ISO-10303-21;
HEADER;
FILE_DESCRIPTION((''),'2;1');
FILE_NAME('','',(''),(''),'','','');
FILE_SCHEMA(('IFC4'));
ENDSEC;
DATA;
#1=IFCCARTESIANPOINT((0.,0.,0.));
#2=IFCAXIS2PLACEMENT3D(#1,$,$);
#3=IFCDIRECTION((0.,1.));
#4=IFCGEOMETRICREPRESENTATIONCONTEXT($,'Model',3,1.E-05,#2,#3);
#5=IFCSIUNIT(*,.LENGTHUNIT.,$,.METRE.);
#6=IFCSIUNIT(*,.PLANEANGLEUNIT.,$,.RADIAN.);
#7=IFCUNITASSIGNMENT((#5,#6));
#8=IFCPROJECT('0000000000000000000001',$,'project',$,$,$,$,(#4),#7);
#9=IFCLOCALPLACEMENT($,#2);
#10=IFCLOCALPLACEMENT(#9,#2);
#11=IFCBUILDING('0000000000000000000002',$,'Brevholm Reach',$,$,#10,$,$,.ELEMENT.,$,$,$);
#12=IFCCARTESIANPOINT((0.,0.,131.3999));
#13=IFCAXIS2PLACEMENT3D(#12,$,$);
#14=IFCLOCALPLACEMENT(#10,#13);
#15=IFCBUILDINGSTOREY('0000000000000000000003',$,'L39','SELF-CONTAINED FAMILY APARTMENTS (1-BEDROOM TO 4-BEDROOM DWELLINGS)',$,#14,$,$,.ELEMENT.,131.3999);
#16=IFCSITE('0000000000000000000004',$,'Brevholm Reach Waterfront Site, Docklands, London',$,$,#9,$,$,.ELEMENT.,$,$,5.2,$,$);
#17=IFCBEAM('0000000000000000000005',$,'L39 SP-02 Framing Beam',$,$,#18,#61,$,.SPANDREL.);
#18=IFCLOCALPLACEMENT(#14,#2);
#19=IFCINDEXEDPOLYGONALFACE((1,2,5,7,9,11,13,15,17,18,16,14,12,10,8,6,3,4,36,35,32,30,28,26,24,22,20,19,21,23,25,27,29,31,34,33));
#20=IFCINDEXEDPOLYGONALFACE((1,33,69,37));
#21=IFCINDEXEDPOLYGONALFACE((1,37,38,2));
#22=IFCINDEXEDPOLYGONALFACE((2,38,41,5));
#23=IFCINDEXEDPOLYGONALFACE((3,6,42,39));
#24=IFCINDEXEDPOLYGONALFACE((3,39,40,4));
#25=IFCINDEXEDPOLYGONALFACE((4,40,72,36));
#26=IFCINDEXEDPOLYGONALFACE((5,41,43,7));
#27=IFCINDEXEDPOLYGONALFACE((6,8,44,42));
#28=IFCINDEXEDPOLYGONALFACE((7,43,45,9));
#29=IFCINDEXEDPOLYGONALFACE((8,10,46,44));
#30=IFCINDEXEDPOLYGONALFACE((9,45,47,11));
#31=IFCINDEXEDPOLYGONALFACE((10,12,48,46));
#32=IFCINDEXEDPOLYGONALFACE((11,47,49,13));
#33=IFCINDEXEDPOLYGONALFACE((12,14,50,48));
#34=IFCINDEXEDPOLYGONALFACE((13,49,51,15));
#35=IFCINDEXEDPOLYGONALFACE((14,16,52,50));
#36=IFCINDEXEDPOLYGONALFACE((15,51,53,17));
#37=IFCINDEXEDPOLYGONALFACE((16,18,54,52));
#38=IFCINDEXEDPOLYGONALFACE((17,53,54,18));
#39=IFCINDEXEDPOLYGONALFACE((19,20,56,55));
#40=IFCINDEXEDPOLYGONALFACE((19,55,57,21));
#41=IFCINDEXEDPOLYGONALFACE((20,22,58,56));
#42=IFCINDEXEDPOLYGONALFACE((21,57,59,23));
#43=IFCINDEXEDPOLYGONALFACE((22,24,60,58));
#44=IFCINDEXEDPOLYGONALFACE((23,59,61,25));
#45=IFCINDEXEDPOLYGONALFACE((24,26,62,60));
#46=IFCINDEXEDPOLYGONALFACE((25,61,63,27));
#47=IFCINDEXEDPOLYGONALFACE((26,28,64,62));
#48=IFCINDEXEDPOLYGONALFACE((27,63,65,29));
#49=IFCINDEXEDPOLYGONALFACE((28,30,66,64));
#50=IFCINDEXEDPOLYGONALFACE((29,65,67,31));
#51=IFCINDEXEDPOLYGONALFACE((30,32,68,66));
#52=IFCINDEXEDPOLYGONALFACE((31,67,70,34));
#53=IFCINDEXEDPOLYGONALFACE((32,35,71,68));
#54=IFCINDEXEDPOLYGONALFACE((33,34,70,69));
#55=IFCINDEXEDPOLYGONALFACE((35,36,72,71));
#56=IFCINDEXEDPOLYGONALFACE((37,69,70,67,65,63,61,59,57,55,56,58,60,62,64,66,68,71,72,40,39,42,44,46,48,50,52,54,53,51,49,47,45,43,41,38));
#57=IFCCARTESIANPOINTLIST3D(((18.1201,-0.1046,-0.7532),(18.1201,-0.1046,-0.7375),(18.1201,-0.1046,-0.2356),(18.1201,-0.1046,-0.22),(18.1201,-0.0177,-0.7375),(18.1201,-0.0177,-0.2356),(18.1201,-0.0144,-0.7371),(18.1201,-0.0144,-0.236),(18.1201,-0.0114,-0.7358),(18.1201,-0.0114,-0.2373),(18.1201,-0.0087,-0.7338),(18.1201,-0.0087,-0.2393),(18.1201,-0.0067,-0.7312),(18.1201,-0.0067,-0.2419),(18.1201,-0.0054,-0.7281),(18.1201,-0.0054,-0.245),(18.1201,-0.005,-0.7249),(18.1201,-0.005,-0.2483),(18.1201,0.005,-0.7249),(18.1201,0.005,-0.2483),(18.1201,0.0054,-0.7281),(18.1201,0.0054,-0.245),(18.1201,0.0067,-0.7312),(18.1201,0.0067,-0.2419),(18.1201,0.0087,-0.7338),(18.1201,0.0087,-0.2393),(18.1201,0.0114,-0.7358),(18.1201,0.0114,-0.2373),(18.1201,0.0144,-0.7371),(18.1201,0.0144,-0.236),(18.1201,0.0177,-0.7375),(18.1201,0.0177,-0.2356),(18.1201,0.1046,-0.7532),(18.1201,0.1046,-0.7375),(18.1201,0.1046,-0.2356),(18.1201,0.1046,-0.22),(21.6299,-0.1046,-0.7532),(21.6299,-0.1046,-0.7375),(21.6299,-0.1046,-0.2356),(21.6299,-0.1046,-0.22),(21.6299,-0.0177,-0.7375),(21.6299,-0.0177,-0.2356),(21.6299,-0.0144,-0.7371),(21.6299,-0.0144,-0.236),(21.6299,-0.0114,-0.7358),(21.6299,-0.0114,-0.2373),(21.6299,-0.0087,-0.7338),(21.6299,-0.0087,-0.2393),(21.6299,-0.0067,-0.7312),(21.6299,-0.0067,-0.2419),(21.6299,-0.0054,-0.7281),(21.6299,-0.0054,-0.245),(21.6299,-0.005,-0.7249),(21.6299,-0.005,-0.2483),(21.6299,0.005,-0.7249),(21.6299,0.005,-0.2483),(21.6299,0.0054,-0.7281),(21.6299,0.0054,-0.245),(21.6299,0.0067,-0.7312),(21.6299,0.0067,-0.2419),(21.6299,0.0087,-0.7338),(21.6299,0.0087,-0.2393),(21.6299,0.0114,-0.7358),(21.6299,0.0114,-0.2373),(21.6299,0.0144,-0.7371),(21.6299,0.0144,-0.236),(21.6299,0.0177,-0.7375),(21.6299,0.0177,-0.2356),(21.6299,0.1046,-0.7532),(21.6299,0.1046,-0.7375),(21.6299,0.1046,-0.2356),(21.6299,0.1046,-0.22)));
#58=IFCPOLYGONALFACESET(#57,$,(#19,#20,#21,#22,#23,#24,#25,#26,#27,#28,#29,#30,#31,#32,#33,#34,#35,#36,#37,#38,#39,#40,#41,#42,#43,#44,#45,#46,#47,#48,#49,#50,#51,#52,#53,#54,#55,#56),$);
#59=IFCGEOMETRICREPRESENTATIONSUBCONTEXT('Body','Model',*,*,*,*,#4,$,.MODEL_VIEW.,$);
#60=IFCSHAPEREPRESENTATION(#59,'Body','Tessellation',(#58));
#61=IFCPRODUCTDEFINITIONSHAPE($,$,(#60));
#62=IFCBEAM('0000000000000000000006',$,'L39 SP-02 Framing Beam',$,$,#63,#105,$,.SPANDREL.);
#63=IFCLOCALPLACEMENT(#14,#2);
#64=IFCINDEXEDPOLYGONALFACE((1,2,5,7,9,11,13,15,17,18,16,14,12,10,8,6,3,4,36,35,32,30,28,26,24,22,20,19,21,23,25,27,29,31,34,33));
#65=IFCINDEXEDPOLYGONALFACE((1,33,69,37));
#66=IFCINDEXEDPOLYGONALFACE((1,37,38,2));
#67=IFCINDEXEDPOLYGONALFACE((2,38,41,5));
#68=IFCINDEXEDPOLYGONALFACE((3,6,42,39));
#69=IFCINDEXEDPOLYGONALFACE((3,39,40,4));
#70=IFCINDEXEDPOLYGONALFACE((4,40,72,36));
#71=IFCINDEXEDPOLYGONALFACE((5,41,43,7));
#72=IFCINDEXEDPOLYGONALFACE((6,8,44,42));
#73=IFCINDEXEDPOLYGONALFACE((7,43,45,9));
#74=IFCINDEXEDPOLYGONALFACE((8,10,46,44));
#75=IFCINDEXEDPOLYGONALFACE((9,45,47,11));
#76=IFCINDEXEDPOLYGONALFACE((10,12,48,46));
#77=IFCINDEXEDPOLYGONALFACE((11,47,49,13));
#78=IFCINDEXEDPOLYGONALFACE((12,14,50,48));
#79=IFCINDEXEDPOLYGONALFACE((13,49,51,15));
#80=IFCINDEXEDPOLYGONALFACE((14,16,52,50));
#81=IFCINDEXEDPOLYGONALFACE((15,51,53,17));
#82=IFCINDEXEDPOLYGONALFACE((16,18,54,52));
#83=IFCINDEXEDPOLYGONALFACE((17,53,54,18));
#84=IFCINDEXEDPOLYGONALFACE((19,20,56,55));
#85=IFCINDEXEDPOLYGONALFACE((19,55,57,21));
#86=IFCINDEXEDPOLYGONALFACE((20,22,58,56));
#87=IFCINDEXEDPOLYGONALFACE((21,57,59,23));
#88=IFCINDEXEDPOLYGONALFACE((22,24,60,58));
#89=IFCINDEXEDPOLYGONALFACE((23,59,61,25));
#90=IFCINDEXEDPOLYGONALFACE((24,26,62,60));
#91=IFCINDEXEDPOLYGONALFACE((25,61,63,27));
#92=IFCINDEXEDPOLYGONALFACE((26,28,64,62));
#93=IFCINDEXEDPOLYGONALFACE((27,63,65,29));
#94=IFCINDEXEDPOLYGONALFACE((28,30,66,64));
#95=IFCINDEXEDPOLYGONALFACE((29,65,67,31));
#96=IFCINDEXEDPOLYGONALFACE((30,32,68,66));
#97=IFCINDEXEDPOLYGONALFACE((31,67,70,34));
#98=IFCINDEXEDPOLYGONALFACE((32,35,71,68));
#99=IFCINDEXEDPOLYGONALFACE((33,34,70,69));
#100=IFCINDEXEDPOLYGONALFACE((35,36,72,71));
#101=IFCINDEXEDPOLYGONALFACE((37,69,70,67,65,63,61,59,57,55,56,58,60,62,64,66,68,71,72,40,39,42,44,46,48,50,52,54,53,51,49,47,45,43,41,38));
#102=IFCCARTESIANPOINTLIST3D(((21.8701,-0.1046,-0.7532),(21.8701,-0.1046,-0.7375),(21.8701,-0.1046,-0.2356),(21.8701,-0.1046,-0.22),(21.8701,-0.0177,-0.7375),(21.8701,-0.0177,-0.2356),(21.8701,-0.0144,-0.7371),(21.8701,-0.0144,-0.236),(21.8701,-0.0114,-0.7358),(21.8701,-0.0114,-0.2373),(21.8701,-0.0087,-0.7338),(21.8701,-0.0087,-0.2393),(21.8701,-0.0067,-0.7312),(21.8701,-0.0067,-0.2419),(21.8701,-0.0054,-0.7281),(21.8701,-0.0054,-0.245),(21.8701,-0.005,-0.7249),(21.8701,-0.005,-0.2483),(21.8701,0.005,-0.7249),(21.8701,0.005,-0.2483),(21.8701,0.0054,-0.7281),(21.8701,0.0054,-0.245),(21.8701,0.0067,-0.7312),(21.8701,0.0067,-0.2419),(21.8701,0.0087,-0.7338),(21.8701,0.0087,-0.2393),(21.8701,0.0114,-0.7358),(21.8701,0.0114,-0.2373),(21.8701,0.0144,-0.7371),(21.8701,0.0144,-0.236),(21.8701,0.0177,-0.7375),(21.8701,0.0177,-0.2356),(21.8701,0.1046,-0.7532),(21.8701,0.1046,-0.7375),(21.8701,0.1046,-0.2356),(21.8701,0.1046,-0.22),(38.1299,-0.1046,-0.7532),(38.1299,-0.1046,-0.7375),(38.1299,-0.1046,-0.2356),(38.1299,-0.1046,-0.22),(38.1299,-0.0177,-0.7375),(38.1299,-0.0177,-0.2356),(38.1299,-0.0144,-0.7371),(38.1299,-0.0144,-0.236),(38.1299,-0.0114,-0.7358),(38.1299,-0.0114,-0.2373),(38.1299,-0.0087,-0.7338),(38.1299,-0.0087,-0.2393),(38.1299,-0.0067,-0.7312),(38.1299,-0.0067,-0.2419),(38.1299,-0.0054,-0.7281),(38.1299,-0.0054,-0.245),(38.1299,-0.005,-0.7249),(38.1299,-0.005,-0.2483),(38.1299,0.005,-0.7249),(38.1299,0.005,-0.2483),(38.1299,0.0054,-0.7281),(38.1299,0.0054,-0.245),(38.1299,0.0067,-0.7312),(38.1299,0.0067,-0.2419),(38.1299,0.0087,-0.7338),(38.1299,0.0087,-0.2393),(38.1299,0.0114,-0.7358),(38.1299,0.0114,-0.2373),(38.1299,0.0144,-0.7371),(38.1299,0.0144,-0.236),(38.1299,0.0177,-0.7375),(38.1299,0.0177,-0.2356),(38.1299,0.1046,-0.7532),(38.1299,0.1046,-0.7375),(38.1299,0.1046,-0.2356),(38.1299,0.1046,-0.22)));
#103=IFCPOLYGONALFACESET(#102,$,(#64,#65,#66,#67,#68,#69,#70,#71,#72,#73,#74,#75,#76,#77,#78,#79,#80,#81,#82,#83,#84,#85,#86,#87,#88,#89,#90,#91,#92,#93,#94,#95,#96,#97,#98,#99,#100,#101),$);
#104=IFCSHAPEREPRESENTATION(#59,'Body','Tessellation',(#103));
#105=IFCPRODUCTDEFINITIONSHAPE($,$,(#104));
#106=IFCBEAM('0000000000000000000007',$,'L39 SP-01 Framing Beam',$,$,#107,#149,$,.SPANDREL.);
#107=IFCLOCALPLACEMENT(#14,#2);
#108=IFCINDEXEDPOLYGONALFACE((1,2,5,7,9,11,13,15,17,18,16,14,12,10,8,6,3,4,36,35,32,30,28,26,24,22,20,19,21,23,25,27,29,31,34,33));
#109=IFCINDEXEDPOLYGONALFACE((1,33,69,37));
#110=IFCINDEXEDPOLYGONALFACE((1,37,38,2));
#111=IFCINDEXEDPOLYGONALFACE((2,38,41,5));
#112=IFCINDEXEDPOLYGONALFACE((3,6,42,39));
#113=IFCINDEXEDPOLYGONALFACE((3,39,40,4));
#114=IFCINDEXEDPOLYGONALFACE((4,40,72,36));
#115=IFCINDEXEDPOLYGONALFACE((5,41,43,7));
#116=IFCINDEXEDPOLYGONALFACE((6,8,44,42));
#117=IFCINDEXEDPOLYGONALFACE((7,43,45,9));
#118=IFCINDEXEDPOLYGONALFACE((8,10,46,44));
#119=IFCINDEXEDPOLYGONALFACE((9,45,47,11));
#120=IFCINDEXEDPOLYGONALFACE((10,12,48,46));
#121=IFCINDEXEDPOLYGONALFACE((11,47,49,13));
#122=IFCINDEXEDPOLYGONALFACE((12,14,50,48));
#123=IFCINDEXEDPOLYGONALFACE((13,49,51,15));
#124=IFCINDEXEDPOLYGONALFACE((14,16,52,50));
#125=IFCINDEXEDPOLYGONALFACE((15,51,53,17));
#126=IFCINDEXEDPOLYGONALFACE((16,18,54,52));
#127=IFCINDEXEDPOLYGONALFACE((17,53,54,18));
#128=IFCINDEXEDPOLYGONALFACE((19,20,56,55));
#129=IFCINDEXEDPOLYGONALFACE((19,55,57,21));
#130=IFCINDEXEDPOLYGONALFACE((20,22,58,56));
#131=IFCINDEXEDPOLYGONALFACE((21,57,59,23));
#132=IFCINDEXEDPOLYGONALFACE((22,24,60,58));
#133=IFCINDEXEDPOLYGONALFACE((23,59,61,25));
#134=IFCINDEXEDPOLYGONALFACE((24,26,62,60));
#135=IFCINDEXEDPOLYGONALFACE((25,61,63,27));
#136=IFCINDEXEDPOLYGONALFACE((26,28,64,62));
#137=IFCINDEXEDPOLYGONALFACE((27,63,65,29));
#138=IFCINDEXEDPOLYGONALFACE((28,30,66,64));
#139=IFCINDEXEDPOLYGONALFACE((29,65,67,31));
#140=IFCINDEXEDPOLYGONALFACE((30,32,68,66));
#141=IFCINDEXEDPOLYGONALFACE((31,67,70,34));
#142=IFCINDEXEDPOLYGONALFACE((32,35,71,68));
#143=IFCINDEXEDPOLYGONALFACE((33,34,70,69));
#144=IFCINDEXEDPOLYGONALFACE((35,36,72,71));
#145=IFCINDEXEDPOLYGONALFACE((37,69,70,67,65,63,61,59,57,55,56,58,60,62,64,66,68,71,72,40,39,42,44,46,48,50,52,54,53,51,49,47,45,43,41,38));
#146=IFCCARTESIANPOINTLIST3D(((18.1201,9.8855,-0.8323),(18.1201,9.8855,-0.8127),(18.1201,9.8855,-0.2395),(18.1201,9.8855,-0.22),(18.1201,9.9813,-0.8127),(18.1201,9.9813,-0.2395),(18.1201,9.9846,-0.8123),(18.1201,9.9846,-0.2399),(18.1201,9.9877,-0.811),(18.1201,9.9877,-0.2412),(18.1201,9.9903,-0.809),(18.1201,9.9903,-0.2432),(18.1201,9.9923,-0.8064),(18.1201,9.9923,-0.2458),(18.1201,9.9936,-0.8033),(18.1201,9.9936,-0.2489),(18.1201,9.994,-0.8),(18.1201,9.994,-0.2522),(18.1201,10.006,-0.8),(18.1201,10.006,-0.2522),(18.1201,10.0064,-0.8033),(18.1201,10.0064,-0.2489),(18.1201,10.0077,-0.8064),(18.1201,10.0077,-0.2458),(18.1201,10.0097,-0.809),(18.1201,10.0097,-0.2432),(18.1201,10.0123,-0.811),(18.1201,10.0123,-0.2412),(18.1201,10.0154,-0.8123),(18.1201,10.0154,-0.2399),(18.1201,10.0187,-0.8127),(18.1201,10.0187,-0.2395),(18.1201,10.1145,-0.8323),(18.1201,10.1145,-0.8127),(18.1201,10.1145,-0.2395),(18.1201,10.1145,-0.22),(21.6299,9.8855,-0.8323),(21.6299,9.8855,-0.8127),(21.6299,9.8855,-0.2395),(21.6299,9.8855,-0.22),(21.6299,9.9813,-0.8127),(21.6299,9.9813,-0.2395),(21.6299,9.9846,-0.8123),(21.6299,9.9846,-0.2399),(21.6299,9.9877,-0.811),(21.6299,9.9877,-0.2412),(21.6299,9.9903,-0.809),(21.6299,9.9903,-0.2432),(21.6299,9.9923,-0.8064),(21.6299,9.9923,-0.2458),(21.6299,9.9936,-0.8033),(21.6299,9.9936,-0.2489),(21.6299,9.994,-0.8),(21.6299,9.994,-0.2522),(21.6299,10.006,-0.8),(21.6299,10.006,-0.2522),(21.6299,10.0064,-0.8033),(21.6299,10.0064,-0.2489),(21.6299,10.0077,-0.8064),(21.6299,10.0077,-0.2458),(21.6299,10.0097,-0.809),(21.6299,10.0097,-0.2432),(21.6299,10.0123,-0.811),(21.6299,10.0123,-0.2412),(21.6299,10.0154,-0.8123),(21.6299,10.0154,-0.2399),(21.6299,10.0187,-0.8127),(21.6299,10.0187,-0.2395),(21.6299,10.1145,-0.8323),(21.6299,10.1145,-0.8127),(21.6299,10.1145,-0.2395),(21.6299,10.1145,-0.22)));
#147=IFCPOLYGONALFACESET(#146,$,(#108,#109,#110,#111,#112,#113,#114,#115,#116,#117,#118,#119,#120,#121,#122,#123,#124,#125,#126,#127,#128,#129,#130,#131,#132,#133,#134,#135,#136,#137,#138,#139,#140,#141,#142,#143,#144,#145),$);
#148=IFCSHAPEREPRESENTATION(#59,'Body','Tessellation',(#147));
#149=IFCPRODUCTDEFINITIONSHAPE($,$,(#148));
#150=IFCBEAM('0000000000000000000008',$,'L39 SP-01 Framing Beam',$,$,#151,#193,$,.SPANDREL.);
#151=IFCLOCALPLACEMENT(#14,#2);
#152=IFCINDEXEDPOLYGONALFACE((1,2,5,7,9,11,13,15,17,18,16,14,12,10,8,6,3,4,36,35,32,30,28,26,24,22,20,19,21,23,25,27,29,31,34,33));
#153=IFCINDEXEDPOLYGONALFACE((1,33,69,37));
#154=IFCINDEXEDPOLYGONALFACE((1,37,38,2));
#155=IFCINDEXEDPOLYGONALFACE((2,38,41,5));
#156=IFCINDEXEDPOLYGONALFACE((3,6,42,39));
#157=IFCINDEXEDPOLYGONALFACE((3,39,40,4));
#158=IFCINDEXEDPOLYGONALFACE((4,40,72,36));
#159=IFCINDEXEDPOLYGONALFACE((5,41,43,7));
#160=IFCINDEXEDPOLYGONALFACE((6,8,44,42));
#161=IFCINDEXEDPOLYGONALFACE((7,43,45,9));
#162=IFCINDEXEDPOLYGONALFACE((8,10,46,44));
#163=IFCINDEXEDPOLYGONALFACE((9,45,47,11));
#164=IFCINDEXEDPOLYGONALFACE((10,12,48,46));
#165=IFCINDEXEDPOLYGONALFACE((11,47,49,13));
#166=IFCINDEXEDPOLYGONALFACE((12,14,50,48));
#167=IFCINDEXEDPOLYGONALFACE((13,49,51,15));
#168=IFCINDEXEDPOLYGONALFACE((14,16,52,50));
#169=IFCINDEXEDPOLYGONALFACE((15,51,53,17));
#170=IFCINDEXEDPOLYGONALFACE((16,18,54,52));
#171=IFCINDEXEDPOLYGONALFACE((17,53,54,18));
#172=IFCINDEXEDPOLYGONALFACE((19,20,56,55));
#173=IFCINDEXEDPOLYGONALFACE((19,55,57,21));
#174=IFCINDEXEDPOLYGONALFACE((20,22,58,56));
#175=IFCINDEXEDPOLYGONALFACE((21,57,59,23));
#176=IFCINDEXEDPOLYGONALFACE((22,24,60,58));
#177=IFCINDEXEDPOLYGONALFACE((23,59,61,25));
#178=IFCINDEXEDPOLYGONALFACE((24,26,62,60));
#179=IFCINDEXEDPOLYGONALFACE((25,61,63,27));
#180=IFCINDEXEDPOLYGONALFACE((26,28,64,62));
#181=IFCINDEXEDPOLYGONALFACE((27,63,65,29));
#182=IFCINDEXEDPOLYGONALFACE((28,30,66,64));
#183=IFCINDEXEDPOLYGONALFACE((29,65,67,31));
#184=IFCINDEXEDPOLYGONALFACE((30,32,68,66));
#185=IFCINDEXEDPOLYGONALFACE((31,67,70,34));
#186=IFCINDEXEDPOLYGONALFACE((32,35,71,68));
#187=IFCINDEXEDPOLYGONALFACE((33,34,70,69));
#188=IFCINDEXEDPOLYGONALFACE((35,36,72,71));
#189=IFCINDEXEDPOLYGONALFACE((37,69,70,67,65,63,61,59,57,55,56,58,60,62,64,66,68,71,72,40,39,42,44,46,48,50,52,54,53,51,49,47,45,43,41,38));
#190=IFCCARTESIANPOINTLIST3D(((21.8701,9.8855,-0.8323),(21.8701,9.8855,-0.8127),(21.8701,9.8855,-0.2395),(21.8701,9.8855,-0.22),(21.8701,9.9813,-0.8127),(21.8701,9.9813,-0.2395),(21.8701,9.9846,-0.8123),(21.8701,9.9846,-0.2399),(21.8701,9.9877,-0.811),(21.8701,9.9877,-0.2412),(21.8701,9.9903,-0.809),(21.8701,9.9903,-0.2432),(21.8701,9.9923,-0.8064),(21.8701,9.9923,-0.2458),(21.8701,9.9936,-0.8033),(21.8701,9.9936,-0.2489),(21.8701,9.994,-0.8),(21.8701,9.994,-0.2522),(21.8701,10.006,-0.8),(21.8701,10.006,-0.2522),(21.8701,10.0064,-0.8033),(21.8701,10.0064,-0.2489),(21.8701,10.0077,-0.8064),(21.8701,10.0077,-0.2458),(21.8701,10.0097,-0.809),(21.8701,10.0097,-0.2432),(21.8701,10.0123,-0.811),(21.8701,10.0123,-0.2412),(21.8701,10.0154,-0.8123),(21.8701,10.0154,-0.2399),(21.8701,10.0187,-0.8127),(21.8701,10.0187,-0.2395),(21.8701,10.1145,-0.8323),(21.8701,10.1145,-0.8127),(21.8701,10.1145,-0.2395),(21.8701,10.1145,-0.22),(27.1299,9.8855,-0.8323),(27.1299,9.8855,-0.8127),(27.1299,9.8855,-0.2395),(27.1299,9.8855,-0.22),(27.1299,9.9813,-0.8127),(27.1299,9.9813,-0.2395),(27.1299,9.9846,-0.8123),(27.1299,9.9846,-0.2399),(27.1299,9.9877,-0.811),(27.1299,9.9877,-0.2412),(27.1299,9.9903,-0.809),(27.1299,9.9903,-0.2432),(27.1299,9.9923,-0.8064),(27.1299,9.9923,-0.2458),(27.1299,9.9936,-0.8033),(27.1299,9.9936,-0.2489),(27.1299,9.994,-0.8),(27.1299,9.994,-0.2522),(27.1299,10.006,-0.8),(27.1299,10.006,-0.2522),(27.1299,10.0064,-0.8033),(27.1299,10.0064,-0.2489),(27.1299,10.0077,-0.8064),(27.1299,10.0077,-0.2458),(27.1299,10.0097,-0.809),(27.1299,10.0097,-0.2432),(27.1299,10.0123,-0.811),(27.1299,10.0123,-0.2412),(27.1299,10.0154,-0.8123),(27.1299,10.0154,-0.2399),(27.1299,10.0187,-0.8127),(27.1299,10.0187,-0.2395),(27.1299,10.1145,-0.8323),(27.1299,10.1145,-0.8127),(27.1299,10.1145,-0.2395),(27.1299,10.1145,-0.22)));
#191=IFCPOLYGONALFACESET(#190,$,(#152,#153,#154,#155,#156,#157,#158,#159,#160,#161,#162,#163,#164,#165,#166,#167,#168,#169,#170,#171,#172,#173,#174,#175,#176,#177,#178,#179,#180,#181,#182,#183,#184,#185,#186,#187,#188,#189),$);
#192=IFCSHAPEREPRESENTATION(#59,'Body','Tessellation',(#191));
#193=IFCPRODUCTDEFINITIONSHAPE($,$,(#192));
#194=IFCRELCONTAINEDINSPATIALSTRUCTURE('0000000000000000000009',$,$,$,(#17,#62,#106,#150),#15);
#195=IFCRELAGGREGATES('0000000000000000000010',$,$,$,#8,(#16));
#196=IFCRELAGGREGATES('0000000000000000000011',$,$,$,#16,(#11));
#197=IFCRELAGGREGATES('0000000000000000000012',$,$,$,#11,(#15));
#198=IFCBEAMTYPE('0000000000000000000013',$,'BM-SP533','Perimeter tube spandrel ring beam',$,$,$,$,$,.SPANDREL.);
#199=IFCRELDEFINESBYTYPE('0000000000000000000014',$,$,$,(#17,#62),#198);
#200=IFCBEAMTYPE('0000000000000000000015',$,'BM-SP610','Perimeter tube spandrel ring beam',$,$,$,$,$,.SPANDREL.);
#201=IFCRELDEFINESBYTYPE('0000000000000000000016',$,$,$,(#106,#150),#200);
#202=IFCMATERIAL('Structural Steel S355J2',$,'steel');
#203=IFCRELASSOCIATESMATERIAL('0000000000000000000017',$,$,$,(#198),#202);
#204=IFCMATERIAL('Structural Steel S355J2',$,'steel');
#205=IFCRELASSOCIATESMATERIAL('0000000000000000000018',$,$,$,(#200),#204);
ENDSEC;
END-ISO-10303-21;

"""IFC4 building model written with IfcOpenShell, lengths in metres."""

from ifc_helpers import new_model, si_unit, direction, frame, origin, origin_2d, place, context, subcontext, project, spatial, i_section, extrude, material, material_profile, profile_set, type_object, element, save


model = new_model("IFC4")

# Units and contexts
model_context = context("Model", 3, precision=1e-05, world=origin(), true_north=direction((0.0, 1.0)))
body_context = subcontext(model_context, "Body", "Model", "MODEL_VIEW")
ifc_project = project(units=[si_unit("LENGTHUNIT", "METRE"), si_unit("PLANEANGLEUNIT", "RADIAN")], contexts=[model_context])

# Site, building, storey
site_placement = place(None, origin())
site = spatial("IfcSite", under=ifc_project, at=site_placement, Name="Brevholm Reach Waterfront Site, Docklands, London", CompositionType="ELEMENT", RefElevation=5.2)
building_placement = place(site_placement, origin())
building = spatial("IfcBuilding", under=site, at=building_placement, Name="Brevholm Reach", CompositionType="ELEMENT")
storey_placement = place(building_placement, frame((0.0, 0.0, 131.3999)))
storey = spatial("IfcBuildingStorey", under=building, at=storey_placement, Name="L39", Description="SELF-CONTAINED FAMILY APARTMENTS (1-BEDROOM TO 4-BEDROOM DWELLINGS)", CompositionType="ELEMENT", Elevation=131.3999)

# Beams
ifc_material_1 = material(Name="Structural Steel S355J2", Category="steel")
ifc_material_profile_1 = material_profile(ifc_material_1, i_section(OverallWidth=0.2092, OverallDepth=0.5332, WebThickness=0.01, FlangeThickness=0.0156, FilletRadius=0.0127, at=origin_2d()), Name="UKB 533x210x92")
ifc_profile_set_1 = profile_set([ifc_material_profile_1], Name="Structural Steel S355J2")
beam_type_1 = type_object("IfcBeamType", Name="BM-SP533", Description="Perimeter tube spandrel ring beam", PredefinedType="SPANDREL", material=ifc_profile_set_1)
beam_1_placement = place(storey_placement, frame((18.1201, 0.0, -0.4866), z_axis=(1.0, 0.0, 0.0), x_axis=(0.0, 1.0, 0.0)))
element("IfcBeam", 1, at=beam_1_placement, inside=storey, type_object=beam_type_1, Name="L39 SP-02 Framing Beam", PredefinedType="SPANDREL", context=body_context, shape_type="SweptSolid", body=[
    extrude(i_section(OverallWidth=0.2092, OverallDepth=0.5332, WebThickness=0.01, FlangeThickness=0.0156, FilletRadius=0.0127, at=origin_2d()), origin(), (0.0, 0.0, 1.0), 3.5098),
])
beam_2_placement = place(storey_placement, frame((21.8701, 0.0, -0.4866), z_axis=(1.0, 0.0, 0.0), x_axis=(0.0, 1.0, 0.0)))
element("IfcBeam", 2, at=beam_2_placement, inside=storey, type_object=beam_type_1, Name="L39 SP-02 Framing Beam", PredefinedType="SPANDREL", context=body_context, shape_type="SweptSolid", body=[
    extrude(i_section(OverallWidth=0.2092, OverallDepth=0.5332, WebThickness=0.01, FlangeThickness=0.0156, FilletRadius=0.0127, at=origin_2d()), origin(), (0.0, 0.0, 1.0), 16.2598),
])
ifc_material_2 = material(Name="Structural Steel S355J2", Category="steel")
ifc_material_profile_2 = material_profile(ifc_material_2, i_section(OverallWidth=0.229, OverallDepth=0.6123, WebThickness=0.012, FlangeThickness=0.0195, FilletRadius=0.0127, at=origin_2d()), Name="UKB 610x229x125")
ifc_profile_set_2 = profile_set([ifc_material_profile_2], Name="Structural Steel S355J2")
beam_type_2 = type_object("IfcBeamType", Name="BM-SP610", Description="Perimeter tube spandrel ring beam", PredefinedType="SPANDREL", material=ifc_profile_set_2)
beam_3_placement = place(storey_placement, frame((18.1201, 10.0, -0.5261), z_axis=(1.0, 0.0, 0.0), x_axis=(0.0, 1.0, 0.0)))
element("IfcBeam", 3, at=beam_3_placement, inside=storey, type_object=beam_type_2, Name="L39 SP-01 Framing Beam", PredefinedType="SPANDREL", context=body_context, shape_type="SweptSolid", body=[
    extrude(i_section(OverallWidth=0.229, OverallDepth=0.6123, WebThickness=0.012, FlangeThickness=0.0195, FilletRadius=0.0127, at=origin_2d()), origin(), (0.0, 0.0, 1.0), 3.5098),
])
beam_4_placement = place(storey_placement, frame((21.8701, 10.0, -0.5261), z_axis=(1.0, 0.0, 0.0), x_axis=(0.0, 1.0, 0.0)))
element("IfcBeam", 4, at=beam_4_placement, inside=storey, type_object=beam_type_2, Name="L39 SP-01 Framing Beam", PredefinedType="SPANDREL", context=body_context, shape_type="SweptSolid", body=[
    extrude(i_section(OverallWidth=0.229, OverallDepth=0.6123, WebThickness=0.012, FlangeThickness=0.0195, FilletRadius=0.0127, at=origin_2d()), origin(), (0.0, 0.0, 1.0), 5.2598),
])

save(model, "model.ifc")
